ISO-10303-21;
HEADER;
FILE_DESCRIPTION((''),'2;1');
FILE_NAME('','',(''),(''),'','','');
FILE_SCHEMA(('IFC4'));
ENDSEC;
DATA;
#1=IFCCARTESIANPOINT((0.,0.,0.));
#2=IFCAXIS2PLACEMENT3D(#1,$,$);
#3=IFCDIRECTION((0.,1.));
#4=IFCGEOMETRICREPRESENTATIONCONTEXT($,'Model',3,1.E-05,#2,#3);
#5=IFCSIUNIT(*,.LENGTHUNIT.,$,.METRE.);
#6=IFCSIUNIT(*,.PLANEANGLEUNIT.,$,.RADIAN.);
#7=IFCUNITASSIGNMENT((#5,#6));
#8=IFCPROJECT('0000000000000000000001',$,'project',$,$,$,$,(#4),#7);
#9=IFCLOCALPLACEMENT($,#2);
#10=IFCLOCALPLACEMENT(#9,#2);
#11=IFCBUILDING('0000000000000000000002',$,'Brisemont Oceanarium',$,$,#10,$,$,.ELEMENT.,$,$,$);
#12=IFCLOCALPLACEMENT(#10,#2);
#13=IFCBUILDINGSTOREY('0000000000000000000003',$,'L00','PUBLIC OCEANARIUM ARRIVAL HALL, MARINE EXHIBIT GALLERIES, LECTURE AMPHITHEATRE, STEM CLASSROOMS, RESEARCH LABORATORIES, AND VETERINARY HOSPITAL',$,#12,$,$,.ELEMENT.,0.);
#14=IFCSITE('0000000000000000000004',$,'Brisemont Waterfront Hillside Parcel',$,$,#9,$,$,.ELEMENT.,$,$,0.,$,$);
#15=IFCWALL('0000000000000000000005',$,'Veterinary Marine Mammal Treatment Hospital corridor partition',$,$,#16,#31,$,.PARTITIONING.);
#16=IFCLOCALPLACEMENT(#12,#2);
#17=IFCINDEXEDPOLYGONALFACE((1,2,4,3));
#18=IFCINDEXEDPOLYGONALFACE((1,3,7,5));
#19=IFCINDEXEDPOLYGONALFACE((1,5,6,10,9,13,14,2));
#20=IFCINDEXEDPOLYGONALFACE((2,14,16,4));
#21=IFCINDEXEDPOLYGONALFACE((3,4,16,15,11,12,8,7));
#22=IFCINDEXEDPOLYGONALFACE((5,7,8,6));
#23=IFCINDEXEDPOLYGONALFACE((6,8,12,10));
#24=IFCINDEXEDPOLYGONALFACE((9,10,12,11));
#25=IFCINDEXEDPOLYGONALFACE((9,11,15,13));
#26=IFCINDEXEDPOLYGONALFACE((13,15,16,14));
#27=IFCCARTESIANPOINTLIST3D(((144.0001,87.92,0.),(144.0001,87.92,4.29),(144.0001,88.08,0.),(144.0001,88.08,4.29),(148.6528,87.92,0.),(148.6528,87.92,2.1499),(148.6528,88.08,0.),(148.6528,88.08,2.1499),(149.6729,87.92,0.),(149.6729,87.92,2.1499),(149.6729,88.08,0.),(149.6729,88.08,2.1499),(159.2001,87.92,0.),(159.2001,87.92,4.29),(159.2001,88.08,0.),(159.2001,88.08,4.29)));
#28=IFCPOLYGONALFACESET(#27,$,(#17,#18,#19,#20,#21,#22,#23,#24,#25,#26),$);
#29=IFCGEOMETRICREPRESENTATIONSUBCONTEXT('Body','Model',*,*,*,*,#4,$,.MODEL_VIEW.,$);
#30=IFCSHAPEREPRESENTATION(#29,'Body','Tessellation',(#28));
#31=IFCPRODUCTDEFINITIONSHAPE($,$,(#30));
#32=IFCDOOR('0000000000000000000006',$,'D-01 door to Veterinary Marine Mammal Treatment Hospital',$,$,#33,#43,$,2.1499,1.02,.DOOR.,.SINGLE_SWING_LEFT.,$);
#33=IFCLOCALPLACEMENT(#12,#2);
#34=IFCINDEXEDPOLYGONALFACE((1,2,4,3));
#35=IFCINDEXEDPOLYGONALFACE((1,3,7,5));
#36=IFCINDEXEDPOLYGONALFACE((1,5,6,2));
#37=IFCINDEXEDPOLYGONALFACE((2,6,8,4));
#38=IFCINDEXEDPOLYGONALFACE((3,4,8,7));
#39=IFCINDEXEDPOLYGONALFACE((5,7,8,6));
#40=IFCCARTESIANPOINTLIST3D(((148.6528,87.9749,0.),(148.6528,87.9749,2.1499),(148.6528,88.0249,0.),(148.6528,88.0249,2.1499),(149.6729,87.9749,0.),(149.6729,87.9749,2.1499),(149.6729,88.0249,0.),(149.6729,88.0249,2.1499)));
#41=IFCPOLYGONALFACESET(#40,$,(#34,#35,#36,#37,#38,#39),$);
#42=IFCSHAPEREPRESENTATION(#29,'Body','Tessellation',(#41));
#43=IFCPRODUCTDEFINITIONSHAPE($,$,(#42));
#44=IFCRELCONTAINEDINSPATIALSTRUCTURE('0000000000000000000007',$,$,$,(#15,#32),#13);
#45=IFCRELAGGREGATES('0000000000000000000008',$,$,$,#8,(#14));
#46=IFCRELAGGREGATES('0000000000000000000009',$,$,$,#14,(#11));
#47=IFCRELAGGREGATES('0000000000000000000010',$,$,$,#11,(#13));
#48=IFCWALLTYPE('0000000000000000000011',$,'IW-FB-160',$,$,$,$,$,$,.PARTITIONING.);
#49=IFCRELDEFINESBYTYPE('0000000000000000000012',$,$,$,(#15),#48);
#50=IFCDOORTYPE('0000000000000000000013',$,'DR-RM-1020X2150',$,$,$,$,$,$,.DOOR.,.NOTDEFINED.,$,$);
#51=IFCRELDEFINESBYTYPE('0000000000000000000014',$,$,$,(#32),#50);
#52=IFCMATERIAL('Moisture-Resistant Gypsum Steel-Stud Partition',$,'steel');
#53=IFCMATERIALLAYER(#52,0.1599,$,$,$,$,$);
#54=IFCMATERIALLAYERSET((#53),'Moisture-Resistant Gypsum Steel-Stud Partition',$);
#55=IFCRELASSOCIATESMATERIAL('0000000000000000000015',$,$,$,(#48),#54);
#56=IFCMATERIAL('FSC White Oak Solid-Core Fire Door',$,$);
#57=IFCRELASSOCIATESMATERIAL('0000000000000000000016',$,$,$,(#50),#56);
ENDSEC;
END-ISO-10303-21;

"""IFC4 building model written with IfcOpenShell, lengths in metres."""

from ifc_helpers import new_model, si_unit, direction, frame, frame_2d, origin, place, context, subcontext, project, spatial, rectangle, extrude, material, layer, layer_set, type_object, element, fill, save


model = new_model("IFC4")

# Units and contexts
model_context = context("Model", 3, precision=1e-05, world=origin(), true_north=direction((0.0, 1.0)))
body_context = subcontext(model_context, "Body", "Model", "MODEL_VIEW")
ifc_project = project(units=[si_unit("LENGTHUNIT", "METRE"), si_unit("PLANEANGLEUNIT", "RADIAN")], contexts=[model_context])

# Site, building, storey
site_placement = place(None, origin())
site = spatial("IfcSite", under=ifc_project, at=site_placement, Name="Brisemont Waterfront Hillside Parcel", CompositionType="ELEMENT", RefElevation=0.0)
building_placement = place(site_placement, origin())
building = spatial("IfcBuilding", under=site, at=building_placement, Name="Brisemont Oceanarium", CompositionType="ELEMENT")
storey_placement = place(building_placement, origin())
storey = spatial("IfcBuildingStorey", under=building, at=storey_placement, Name="L00", Description="PUBLIC OCEANARIUM ARRIVAL HALL, MARINE EXHIBIT GALLERIES, LECTURE AMPHITHEATRE, STEM CLASSROOMS, RESEARCH LABORATORIES, AND VETERINARY HOSPITAL", CompositionType="ELEMENT", Elevation=0.0)

# Wall, opening, door
ifc_material_1 = material(Name="Moisture-Resistant Gypsum Steel-Stud Partition", Category="steel")
ifc_layer_1 = layer(ifc_material_1, 0.1599)
ifc_layer_set_1 = layer_set([ifc_layer_1], Name="Moisture-Resistant Gypsum Steel-Stud Partition")
wall_type_1 = type_object("IfcWallType", Name="IW-FB-160", PredefinedType="PARTITIONING", material=ifc_layer_set_1)
wall_1_placement = place(storey_placement, frame((144.0, 88.0, 0.0), z_axis=(0.0, 0.0, 1.0), x_axis=(1.0, 0.0, 0.0)))
wall_1 = element("IfcWall", 1, at=wall_1_placement, inside=storey, type_object=wall_type_1, Name="Veterinary Marine Mammal Treatment Hospital corridor partition", PredefinedType="PARTITIONING", context=body_context, shape_type="SweptSolid", body=[
    extrude(rectangle(XDim=15.2, YDim=0.1599, at=frame_2d((7.6001, 0.0))), origin(), (0.0, 0.0, 1.0), 4.29),
])
opening_1_placement = place(wall_1_placement, frame((4.6528, 0.0, 0.0)))
opening_1 = element("IfcOpeningElement", 2, at=opening_1_placement, cuts=wall_1, PredefinedType="OPENING", context=body_context, shape_type="SweptSolid", body=[
    extrude(rectangle(XDim=1.02, YDim=2.1499, at=frame_2d((0.51, 1.075))), frame((0.0, 0.0898, 0.0), z_axis=(0.0, -1.0, 0.0), x_axis=(1.0, 0.0, 0.0)), (0.0, 0.0, 1.0), 0.1799),
])
ifc_material_2 = material(Name="FSC White Oak Solid-Core Fire Door")
door_type_1 = type_object("IfcDoorType", Name="DR-RM-1020X2150", OperationType="NOTDEFINED", PredefinedType="DOOR", material=ifc_material_2)
door_1_placement = place(opening_1_placement, origin())
door_1 = element("IfcDoor", 3, at=door_1_placement, inside=storey, type_object=door_type_1, Name="D-01 door to Veterinary Marine Mammal Treatment Hospital", OperationType="SINGLE_SWING_LEFT", OverallHeight=2.1499, OverallWidth=1.02, PredefinedType="DOOR", context=body_context, shape_type="SweptSolid", body=[
    extrude(rectangle(XDim=1.02, YDim=2.1499, at=frame_2d((0.51, 1.075))), frame((0.0, 0.0249, 0.0), z_axis=(0.0, -1.0, 0.0), x_axis=(1.0, 0.0, 0.0)), (0.0, 0.0, 1.0), 0.05),
])
fill(opening_1, door_1)

save(model, "model.ifc")
